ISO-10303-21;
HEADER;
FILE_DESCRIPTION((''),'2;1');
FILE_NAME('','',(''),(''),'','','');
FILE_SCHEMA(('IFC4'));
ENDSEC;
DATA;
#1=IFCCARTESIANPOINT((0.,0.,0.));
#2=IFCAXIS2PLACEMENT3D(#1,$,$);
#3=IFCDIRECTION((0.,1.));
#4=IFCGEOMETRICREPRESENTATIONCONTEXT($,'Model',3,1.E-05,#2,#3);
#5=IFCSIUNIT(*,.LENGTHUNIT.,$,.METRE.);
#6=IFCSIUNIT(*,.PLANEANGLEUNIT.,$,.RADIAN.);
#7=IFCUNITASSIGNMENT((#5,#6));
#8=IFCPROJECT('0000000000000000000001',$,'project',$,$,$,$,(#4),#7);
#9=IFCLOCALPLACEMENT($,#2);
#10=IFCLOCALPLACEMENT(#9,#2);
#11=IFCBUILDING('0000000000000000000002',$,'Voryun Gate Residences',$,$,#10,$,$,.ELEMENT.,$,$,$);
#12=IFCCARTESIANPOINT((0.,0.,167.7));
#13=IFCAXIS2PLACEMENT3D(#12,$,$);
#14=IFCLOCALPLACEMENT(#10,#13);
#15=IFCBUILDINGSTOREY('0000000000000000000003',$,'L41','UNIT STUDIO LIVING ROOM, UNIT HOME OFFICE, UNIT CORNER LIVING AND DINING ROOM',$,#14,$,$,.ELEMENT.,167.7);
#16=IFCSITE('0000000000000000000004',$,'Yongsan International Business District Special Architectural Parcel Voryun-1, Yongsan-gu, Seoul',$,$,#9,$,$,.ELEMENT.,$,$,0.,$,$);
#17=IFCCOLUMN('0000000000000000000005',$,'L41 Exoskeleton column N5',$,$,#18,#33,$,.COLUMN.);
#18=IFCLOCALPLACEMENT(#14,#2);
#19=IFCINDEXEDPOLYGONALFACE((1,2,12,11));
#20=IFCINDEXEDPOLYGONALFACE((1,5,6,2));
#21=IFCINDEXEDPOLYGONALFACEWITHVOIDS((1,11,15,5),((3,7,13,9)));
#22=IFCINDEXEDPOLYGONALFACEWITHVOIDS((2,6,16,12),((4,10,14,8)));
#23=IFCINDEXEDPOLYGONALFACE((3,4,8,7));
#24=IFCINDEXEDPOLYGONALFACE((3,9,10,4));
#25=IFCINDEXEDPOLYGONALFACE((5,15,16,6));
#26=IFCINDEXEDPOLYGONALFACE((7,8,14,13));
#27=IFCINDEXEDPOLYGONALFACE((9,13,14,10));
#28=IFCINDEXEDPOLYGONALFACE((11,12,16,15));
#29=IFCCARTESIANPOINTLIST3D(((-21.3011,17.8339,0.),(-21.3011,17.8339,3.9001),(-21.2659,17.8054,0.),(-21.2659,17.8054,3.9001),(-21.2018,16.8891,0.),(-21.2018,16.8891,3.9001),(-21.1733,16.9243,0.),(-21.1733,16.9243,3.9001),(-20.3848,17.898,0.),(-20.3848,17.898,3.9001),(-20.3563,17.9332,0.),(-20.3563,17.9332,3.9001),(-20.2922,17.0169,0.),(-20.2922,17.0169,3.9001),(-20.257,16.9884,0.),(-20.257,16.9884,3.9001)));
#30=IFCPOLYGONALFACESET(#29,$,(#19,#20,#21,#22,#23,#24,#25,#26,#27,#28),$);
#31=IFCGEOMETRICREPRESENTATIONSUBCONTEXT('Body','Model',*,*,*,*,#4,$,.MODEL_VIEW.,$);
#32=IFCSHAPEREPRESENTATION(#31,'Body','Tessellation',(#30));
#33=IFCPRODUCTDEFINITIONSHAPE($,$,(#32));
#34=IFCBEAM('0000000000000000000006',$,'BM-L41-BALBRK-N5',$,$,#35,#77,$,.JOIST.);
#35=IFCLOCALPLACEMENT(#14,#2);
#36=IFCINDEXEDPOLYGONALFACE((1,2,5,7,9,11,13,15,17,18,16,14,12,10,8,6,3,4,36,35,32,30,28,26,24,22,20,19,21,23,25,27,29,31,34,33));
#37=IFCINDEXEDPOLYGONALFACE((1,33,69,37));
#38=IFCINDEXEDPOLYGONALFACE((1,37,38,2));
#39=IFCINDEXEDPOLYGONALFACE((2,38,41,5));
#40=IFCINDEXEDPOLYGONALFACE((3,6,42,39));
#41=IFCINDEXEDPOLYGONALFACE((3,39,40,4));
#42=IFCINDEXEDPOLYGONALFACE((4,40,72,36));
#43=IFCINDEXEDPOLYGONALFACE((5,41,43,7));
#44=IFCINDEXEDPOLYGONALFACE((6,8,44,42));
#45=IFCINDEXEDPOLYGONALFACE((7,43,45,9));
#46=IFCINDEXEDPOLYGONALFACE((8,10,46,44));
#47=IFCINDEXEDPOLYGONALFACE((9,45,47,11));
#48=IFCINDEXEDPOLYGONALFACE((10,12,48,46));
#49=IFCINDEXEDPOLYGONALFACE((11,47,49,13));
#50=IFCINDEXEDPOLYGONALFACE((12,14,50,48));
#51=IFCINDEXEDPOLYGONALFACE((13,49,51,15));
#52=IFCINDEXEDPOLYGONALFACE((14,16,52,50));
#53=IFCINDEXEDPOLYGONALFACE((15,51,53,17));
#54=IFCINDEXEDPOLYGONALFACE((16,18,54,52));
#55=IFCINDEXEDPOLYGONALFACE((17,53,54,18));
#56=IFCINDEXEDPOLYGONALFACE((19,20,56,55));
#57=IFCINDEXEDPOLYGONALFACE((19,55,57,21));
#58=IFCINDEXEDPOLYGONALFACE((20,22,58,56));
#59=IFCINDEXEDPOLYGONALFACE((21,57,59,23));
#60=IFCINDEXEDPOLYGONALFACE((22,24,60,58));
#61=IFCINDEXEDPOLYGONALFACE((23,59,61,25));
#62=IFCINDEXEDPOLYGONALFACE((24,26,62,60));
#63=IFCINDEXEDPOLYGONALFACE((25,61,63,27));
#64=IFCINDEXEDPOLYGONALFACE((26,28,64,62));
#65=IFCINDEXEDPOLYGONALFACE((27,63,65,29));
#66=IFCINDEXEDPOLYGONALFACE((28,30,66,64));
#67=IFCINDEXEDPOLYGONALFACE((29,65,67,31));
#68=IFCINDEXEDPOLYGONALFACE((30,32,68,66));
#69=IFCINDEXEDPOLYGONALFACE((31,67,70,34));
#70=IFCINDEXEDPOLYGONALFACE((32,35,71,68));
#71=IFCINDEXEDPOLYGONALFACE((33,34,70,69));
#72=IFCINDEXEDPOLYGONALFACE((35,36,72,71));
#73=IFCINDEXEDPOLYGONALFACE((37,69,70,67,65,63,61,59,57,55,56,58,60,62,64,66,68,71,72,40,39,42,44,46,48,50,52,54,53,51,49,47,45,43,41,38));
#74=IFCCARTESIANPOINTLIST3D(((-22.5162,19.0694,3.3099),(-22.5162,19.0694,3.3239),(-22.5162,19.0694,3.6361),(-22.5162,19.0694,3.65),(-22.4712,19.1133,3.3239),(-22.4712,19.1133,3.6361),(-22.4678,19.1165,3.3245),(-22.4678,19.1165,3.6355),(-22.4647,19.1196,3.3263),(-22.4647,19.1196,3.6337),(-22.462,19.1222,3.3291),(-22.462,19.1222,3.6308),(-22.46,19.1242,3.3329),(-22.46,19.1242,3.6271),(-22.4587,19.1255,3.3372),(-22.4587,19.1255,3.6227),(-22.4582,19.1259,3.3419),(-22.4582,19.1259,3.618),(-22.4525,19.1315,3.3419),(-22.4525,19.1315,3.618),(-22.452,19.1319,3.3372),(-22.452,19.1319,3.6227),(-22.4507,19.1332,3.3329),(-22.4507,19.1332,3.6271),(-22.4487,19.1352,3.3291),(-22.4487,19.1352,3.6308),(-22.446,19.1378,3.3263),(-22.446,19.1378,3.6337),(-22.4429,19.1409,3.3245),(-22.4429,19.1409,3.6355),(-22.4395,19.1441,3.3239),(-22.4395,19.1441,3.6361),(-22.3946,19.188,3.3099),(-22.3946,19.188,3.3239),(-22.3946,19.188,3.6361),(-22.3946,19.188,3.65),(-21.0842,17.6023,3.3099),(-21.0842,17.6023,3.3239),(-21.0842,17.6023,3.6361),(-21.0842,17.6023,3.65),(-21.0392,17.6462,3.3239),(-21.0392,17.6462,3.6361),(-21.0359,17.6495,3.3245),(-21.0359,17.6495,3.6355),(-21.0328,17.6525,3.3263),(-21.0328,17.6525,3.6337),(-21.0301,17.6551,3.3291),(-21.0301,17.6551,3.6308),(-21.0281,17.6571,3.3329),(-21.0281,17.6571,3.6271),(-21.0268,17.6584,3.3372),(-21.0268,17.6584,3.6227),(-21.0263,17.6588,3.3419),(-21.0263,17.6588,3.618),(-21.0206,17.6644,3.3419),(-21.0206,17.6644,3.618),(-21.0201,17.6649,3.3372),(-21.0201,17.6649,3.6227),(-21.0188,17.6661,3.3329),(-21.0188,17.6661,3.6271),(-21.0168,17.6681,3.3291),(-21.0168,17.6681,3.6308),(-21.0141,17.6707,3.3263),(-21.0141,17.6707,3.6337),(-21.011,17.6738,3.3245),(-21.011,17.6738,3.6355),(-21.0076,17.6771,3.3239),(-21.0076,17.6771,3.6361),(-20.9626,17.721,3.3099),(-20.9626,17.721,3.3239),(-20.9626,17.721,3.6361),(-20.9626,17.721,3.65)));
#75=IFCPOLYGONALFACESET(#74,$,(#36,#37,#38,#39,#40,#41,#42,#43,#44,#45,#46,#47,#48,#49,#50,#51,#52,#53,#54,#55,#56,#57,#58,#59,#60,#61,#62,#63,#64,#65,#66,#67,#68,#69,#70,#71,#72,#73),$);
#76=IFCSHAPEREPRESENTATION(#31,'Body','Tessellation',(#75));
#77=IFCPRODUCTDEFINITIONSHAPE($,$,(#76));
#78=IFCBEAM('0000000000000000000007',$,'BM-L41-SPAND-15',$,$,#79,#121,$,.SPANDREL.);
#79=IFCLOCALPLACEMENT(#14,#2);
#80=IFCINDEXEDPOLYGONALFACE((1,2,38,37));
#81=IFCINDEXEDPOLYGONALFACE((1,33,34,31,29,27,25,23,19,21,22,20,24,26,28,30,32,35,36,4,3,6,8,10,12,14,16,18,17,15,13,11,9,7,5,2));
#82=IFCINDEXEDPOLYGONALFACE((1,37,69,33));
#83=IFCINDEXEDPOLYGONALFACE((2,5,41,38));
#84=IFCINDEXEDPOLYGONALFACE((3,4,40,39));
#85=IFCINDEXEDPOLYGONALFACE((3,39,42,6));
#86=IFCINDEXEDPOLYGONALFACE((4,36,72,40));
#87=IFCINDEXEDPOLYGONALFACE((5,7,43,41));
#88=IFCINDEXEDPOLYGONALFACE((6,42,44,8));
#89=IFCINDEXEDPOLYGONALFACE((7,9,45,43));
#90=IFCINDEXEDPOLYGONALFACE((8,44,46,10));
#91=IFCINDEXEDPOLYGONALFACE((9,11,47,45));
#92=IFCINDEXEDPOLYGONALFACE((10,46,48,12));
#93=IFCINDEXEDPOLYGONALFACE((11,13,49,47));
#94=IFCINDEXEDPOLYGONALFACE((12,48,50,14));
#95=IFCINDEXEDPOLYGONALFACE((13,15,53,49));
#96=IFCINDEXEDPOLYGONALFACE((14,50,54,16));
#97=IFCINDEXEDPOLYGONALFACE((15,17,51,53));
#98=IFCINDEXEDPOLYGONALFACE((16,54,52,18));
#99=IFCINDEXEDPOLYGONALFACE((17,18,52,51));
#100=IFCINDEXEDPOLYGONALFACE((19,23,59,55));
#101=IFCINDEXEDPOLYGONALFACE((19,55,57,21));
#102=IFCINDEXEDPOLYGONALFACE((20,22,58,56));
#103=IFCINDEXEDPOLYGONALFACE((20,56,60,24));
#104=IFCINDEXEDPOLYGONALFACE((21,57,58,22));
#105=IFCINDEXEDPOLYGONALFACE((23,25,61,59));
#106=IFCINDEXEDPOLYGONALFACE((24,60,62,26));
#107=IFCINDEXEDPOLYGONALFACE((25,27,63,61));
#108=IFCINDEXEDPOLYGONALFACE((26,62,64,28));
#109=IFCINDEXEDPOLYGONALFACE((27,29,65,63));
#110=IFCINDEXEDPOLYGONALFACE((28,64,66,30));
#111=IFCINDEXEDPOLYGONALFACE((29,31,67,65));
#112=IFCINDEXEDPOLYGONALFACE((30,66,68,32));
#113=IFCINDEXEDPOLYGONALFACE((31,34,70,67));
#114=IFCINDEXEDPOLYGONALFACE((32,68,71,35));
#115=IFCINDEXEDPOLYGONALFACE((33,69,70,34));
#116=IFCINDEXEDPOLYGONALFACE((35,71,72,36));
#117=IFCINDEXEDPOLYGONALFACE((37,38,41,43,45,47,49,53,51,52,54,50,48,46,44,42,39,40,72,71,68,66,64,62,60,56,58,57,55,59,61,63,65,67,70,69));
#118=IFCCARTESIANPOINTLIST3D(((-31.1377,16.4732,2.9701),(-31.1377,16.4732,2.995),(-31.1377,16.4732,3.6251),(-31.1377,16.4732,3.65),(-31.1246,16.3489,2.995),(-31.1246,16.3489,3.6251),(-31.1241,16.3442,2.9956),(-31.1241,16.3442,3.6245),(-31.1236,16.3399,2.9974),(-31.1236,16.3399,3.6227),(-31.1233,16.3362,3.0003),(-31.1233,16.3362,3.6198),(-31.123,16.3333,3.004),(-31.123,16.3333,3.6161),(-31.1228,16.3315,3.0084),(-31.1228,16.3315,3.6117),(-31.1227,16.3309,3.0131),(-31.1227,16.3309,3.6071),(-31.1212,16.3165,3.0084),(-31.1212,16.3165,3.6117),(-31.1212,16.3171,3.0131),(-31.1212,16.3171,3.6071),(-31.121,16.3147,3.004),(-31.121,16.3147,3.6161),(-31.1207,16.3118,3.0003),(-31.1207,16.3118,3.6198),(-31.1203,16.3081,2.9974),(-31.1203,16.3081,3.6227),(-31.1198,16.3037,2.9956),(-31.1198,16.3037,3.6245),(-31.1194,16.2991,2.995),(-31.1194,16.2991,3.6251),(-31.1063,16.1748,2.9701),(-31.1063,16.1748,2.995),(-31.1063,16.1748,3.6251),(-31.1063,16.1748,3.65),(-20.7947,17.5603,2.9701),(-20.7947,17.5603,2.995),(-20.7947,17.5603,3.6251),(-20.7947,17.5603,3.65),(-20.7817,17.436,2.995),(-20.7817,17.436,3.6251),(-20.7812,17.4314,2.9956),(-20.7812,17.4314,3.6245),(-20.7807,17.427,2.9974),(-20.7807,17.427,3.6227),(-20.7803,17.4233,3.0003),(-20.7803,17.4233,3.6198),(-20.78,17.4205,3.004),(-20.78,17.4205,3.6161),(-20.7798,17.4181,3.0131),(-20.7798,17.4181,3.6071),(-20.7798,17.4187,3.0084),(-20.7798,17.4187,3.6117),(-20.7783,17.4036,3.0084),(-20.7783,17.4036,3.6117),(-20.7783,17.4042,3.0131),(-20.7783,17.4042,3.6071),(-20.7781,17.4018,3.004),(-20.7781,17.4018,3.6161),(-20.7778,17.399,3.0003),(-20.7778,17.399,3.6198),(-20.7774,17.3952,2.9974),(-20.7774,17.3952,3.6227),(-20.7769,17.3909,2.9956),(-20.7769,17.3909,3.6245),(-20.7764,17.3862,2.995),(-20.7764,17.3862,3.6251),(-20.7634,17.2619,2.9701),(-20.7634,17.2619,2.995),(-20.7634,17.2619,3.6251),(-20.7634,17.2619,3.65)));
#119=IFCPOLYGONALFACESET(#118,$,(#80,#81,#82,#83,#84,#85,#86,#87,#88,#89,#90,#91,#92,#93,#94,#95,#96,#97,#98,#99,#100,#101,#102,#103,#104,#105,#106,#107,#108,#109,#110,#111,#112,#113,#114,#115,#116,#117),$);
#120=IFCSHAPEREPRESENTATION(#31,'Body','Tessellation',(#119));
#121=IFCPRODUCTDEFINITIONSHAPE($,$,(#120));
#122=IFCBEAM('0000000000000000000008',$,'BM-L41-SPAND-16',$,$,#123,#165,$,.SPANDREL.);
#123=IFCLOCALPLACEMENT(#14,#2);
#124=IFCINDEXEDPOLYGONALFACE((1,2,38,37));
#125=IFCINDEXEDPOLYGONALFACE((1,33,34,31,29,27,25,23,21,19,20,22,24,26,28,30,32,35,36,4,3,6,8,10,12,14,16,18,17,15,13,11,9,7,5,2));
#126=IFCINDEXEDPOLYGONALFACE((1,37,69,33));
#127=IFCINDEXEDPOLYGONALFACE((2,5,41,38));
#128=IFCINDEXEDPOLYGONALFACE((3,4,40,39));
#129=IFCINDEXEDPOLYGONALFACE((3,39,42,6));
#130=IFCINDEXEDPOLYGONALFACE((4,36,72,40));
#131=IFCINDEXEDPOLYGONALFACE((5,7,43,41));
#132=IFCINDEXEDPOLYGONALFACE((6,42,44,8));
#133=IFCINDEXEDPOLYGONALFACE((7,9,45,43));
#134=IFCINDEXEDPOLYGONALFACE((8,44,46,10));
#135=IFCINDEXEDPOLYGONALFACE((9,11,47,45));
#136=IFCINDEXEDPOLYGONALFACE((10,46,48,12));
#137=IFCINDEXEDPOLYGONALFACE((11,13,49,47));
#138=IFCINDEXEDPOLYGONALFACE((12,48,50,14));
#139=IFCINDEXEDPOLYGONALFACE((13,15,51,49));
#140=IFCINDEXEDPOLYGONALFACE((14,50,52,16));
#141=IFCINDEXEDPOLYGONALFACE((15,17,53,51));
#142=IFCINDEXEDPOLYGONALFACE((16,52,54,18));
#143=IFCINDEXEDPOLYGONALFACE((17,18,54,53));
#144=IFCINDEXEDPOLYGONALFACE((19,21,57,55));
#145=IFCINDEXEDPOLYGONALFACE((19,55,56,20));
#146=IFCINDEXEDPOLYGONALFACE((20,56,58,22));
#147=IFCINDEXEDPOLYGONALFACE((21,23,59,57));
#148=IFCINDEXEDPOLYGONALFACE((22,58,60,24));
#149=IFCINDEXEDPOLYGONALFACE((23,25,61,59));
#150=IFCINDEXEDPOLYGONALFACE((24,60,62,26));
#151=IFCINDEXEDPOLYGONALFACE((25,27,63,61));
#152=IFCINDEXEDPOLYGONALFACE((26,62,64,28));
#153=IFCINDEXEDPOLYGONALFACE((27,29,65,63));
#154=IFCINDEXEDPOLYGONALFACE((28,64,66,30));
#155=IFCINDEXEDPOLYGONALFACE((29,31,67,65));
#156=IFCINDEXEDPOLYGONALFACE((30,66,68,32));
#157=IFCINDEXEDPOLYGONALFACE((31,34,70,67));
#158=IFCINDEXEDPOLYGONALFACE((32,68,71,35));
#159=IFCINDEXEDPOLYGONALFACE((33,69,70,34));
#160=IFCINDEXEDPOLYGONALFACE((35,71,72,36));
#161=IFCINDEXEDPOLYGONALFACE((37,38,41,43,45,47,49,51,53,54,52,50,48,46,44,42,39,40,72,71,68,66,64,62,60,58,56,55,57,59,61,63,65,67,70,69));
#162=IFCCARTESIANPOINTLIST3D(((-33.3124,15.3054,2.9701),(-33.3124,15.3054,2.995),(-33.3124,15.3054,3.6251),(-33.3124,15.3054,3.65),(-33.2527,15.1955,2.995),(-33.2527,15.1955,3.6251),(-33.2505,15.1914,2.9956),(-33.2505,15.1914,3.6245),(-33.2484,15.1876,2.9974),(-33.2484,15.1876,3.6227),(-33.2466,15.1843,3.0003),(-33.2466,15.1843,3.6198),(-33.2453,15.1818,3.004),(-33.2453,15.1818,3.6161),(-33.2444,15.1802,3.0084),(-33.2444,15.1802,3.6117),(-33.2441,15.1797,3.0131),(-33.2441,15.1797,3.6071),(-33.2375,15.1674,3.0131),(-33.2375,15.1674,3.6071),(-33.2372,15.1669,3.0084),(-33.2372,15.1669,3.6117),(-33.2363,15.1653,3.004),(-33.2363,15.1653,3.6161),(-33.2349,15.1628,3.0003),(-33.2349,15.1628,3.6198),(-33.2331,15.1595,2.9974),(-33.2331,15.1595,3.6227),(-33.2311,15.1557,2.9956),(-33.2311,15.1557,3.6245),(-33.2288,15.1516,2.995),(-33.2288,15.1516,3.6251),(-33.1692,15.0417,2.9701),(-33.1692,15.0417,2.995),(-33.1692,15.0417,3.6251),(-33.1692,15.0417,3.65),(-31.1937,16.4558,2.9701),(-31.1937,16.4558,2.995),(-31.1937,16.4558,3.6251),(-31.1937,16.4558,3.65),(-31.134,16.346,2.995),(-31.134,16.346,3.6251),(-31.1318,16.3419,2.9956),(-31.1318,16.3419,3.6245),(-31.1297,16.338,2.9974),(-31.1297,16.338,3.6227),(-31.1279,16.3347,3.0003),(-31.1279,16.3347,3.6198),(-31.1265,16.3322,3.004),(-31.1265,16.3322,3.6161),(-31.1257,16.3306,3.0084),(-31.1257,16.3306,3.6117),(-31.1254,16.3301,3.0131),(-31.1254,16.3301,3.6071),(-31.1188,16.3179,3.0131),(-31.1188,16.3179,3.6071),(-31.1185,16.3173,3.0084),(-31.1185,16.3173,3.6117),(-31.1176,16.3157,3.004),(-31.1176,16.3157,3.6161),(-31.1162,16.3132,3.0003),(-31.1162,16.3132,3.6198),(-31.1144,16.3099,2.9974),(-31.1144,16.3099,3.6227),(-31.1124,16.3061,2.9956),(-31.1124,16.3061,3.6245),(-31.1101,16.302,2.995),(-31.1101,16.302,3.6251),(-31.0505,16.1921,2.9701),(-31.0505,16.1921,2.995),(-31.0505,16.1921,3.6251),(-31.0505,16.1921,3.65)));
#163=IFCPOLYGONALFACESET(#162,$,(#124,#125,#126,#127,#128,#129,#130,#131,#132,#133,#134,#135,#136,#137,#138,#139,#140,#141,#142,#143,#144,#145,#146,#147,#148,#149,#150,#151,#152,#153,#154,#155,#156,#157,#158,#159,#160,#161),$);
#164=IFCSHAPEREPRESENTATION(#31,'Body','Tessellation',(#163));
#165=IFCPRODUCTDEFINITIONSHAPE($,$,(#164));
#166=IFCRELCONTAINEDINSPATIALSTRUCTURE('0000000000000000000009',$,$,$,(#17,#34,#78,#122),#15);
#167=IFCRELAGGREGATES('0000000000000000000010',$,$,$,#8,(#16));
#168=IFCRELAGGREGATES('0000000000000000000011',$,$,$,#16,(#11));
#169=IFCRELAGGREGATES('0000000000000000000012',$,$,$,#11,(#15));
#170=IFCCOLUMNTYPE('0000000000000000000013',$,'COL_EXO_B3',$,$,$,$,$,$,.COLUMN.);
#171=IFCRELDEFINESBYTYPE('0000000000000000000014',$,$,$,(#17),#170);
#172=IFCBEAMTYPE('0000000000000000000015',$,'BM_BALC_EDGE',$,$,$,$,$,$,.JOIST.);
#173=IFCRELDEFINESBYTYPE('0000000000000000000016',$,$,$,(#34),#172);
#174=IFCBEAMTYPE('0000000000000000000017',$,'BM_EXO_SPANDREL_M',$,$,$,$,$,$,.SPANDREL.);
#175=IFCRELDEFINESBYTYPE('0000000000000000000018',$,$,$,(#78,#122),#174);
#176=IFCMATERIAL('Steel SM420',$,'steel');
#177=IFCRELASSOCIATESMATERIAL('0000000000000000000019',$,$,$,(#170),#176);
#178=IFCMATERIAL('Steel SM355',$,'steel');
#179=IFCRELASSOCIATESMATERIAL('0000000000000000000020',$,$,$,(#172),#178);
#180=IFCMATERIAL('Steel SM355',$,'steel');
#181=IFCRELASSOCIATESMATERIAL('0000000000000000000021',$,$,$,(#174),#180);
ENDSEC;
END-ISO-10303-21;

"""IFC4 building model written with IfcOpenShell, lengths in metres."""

from ifc_helpers import new_model, si_unit, direction, frame, origin, origin_2d, place, context, subcontext, project, spatial, hollow_rectangle, i_section, extrude, material, material_profile, profile_set, type_object, element, save


model = new_model("IFC4")

# Units and contexts
model_context = context("Model", 3, precision=1e-05, world=origin(), true_north=direction((0.0, 1.0)))
body_context = subcontext(model_context, "Body", "Model", "MODEL_VIEW")
ifc_project = project(units=[si_unit("LENGTHUNIT", "METRE"), si_unit("PLANEANGLEUNIT", "RADIAN")], contexts=[model_context])

# Site, building, storey
site_placement = place(None, origin())
site = spatial("IfcSite", under=ifc_project, at=site_placement, Name="Yongsan International Business District Special Architectural Parcel Voryun-1, Yongsan-gu, Seoul", CompositionType="ELEMENT", RefElevation=0.0)
building_placement = place(site_placement, origin())
building = spatial("IfcBuilding", under=site, at=building_placement, Name="Voryun Gate Residences", CompositionType="ELEMENT")
storey_placement = place(building_placement, frame((0.0, 0.0, 167.7)))
storey = spatial("IfcBuildingStorey", under=building, at=storey_placement, Name="L41", Description="UNIT STUDIO LIVING ROOM, UNIT HOME OFFICE, UNIT CORNER LIVING AND DINING ROOM", CompositionType="ELEMENT", Elevation=167.7)

# Column
ifc_material_1 = material(Name="Steel SM420", Category="steel")
ifc_material_profile_1 = material_profile(ifc_material_1, hollow_rectangle(XDim=0.95, YDim=0.95, WallThickness=0.032, at=origin_2d()), Name="BOX-950x950x32")
ifc_profile_set_1 = profile_set([ifc_material_profile_1], Name="Steel SM420")
column_type = type_object("IfcColumnType", Name="COL_EXO_B3", PredefinedType="COLUMN", material=ifc_profile_set_1)
column_placement = place(storey_placement, frame((-20.7791, 17.4111, 0.0), z_axis=(0.0, 0.0, 1.0), x_axis=(0.994522, 0.104528, 0.0)))
element("IfcColumn", 1, at=column_placement, inside=storey, type_object=column_type, Name="L41 Exoskeleton column N5", PredefinedType="COLUMN", context=body_context, shape_type="SweptSolid", body=[
    extrude(hollow_rectangle(XDim=0.95, YDim=0.95, WallThickness=0.032, at=origin_2d()), origin(), (0.0, 0.0, 1.0), 3.9001),
])

# Beams
ifc_material_2 = material(Name="Steel SM355", Category="steel")
ifc_material_profile_2 = material_profile(ifc_material_2, i_section(OverallWidth=0.1699, OverallDepth=0.3401, WebThickness=0.0081, FlangeThickness=0.0139, FilletRadius=0.0181, at=origin_2d()), Name="H-340x170x8x14")
ifc_profile_set_2 = profile_set([ifc_material_profile_2], Name="Steel SM355")
beam_type_1 = type_object("IfcBeamType", Name="BM_BALC_EDGE", PredefinedType="JOIST", material=ifc_profile_set_2)
beam_1_placement = place(storey_placement, frame((-21.0234, 17.6616, 3.48), z_axis=(-0.69848, 0.715629, 0.0), x_axis=(-0.715629, -0.69848, 0.0)))
element("IfcBeam", 2, at=beam_1_placement, inside=storey, type_object=beam_type_1, Name="BM-L41-BALBRK-N5", PredefinedType="JOIST", context=body_context, shape_type="SweptSolid", body=[
    extrude(i_section(OverallWidth=0.1699, OverallDepth=0.3401, WebThickness=0.0081, FlangeThickness=0.0139, FilletRadius=0.0181, at=origin_2d()), origin(), (0.0, 0.0, 1.0), 2.05),
])
ifc_material_3 = material(Name="Steel SM355", Category="steel")
ifc_material_profile_3 = material_profile(ifc_material_3, i_section(OverallWidth=0.3, OverallDepth=0.6799, WebThickness=0.0139, FlangeThickness=0.0249, FilletRadius=0.0181, at=origin_2d()), Name="H-680x300x14x25")
ifc_profile_set_3 = profile_set([ifc_material_profile_3], Name="Steel SM355")
beam_type_2 = type_object("IfcBeamType", Name="BM_EXO_SPANDREL_M", PredefinedType="SPANDREL", material=ifc_profile_set_3)
beam_2_placement = place(storey_placement, frame((-20.7791, 17.4111, 3.3101), z_axis=(-0.994521, -0.104534, 0.0), x_axis=(0.104534, -0.994521, 0.0)))
element("IfcBeam", 3, at=beam_2_placement, inside=storey, type_object=beam_type_2, Name="BM-L41-SPAND-15", PredefinedType="SPANDREL", context=body_context, shape_type="SweptSolid", body=[
    extrude(i_section(OverallWidth=0.3, OverallDepth=0.6799, WebThickness=0.0139, FlangeThickness=0.0249, FilletRadius=0.0181, at=origin_2d()), origin(), (0.0, 0.0, 1.0), 10.3999),
])
beam_3_placement = place(storey_placement, frame((-31.1221, 16.324, 3.3101), z_axis=(-0.878807, -0.477177, 0.0), x_axis=(0.477177, -0.878807, 0.0)))
element("IfcBeam", 4, at=beam_3_placement, inside=storey, type_object=beam_type_2, Name="BM-L41-SPAND-16", PredefinedType="SPANDREL", context=body_context, shape_type="SweptSolid", body=[
    extrude(i_section(OverallWidth=0.3, OverallDepth=0.6799, WebThickness=0.0139, FlangeThickness=0.0249, FilletRadius=0.0181, at=origin_2d()), origin(), (0.0, 0.0, 1.0), 2.4109),
])

save(model, "model.ifc")
